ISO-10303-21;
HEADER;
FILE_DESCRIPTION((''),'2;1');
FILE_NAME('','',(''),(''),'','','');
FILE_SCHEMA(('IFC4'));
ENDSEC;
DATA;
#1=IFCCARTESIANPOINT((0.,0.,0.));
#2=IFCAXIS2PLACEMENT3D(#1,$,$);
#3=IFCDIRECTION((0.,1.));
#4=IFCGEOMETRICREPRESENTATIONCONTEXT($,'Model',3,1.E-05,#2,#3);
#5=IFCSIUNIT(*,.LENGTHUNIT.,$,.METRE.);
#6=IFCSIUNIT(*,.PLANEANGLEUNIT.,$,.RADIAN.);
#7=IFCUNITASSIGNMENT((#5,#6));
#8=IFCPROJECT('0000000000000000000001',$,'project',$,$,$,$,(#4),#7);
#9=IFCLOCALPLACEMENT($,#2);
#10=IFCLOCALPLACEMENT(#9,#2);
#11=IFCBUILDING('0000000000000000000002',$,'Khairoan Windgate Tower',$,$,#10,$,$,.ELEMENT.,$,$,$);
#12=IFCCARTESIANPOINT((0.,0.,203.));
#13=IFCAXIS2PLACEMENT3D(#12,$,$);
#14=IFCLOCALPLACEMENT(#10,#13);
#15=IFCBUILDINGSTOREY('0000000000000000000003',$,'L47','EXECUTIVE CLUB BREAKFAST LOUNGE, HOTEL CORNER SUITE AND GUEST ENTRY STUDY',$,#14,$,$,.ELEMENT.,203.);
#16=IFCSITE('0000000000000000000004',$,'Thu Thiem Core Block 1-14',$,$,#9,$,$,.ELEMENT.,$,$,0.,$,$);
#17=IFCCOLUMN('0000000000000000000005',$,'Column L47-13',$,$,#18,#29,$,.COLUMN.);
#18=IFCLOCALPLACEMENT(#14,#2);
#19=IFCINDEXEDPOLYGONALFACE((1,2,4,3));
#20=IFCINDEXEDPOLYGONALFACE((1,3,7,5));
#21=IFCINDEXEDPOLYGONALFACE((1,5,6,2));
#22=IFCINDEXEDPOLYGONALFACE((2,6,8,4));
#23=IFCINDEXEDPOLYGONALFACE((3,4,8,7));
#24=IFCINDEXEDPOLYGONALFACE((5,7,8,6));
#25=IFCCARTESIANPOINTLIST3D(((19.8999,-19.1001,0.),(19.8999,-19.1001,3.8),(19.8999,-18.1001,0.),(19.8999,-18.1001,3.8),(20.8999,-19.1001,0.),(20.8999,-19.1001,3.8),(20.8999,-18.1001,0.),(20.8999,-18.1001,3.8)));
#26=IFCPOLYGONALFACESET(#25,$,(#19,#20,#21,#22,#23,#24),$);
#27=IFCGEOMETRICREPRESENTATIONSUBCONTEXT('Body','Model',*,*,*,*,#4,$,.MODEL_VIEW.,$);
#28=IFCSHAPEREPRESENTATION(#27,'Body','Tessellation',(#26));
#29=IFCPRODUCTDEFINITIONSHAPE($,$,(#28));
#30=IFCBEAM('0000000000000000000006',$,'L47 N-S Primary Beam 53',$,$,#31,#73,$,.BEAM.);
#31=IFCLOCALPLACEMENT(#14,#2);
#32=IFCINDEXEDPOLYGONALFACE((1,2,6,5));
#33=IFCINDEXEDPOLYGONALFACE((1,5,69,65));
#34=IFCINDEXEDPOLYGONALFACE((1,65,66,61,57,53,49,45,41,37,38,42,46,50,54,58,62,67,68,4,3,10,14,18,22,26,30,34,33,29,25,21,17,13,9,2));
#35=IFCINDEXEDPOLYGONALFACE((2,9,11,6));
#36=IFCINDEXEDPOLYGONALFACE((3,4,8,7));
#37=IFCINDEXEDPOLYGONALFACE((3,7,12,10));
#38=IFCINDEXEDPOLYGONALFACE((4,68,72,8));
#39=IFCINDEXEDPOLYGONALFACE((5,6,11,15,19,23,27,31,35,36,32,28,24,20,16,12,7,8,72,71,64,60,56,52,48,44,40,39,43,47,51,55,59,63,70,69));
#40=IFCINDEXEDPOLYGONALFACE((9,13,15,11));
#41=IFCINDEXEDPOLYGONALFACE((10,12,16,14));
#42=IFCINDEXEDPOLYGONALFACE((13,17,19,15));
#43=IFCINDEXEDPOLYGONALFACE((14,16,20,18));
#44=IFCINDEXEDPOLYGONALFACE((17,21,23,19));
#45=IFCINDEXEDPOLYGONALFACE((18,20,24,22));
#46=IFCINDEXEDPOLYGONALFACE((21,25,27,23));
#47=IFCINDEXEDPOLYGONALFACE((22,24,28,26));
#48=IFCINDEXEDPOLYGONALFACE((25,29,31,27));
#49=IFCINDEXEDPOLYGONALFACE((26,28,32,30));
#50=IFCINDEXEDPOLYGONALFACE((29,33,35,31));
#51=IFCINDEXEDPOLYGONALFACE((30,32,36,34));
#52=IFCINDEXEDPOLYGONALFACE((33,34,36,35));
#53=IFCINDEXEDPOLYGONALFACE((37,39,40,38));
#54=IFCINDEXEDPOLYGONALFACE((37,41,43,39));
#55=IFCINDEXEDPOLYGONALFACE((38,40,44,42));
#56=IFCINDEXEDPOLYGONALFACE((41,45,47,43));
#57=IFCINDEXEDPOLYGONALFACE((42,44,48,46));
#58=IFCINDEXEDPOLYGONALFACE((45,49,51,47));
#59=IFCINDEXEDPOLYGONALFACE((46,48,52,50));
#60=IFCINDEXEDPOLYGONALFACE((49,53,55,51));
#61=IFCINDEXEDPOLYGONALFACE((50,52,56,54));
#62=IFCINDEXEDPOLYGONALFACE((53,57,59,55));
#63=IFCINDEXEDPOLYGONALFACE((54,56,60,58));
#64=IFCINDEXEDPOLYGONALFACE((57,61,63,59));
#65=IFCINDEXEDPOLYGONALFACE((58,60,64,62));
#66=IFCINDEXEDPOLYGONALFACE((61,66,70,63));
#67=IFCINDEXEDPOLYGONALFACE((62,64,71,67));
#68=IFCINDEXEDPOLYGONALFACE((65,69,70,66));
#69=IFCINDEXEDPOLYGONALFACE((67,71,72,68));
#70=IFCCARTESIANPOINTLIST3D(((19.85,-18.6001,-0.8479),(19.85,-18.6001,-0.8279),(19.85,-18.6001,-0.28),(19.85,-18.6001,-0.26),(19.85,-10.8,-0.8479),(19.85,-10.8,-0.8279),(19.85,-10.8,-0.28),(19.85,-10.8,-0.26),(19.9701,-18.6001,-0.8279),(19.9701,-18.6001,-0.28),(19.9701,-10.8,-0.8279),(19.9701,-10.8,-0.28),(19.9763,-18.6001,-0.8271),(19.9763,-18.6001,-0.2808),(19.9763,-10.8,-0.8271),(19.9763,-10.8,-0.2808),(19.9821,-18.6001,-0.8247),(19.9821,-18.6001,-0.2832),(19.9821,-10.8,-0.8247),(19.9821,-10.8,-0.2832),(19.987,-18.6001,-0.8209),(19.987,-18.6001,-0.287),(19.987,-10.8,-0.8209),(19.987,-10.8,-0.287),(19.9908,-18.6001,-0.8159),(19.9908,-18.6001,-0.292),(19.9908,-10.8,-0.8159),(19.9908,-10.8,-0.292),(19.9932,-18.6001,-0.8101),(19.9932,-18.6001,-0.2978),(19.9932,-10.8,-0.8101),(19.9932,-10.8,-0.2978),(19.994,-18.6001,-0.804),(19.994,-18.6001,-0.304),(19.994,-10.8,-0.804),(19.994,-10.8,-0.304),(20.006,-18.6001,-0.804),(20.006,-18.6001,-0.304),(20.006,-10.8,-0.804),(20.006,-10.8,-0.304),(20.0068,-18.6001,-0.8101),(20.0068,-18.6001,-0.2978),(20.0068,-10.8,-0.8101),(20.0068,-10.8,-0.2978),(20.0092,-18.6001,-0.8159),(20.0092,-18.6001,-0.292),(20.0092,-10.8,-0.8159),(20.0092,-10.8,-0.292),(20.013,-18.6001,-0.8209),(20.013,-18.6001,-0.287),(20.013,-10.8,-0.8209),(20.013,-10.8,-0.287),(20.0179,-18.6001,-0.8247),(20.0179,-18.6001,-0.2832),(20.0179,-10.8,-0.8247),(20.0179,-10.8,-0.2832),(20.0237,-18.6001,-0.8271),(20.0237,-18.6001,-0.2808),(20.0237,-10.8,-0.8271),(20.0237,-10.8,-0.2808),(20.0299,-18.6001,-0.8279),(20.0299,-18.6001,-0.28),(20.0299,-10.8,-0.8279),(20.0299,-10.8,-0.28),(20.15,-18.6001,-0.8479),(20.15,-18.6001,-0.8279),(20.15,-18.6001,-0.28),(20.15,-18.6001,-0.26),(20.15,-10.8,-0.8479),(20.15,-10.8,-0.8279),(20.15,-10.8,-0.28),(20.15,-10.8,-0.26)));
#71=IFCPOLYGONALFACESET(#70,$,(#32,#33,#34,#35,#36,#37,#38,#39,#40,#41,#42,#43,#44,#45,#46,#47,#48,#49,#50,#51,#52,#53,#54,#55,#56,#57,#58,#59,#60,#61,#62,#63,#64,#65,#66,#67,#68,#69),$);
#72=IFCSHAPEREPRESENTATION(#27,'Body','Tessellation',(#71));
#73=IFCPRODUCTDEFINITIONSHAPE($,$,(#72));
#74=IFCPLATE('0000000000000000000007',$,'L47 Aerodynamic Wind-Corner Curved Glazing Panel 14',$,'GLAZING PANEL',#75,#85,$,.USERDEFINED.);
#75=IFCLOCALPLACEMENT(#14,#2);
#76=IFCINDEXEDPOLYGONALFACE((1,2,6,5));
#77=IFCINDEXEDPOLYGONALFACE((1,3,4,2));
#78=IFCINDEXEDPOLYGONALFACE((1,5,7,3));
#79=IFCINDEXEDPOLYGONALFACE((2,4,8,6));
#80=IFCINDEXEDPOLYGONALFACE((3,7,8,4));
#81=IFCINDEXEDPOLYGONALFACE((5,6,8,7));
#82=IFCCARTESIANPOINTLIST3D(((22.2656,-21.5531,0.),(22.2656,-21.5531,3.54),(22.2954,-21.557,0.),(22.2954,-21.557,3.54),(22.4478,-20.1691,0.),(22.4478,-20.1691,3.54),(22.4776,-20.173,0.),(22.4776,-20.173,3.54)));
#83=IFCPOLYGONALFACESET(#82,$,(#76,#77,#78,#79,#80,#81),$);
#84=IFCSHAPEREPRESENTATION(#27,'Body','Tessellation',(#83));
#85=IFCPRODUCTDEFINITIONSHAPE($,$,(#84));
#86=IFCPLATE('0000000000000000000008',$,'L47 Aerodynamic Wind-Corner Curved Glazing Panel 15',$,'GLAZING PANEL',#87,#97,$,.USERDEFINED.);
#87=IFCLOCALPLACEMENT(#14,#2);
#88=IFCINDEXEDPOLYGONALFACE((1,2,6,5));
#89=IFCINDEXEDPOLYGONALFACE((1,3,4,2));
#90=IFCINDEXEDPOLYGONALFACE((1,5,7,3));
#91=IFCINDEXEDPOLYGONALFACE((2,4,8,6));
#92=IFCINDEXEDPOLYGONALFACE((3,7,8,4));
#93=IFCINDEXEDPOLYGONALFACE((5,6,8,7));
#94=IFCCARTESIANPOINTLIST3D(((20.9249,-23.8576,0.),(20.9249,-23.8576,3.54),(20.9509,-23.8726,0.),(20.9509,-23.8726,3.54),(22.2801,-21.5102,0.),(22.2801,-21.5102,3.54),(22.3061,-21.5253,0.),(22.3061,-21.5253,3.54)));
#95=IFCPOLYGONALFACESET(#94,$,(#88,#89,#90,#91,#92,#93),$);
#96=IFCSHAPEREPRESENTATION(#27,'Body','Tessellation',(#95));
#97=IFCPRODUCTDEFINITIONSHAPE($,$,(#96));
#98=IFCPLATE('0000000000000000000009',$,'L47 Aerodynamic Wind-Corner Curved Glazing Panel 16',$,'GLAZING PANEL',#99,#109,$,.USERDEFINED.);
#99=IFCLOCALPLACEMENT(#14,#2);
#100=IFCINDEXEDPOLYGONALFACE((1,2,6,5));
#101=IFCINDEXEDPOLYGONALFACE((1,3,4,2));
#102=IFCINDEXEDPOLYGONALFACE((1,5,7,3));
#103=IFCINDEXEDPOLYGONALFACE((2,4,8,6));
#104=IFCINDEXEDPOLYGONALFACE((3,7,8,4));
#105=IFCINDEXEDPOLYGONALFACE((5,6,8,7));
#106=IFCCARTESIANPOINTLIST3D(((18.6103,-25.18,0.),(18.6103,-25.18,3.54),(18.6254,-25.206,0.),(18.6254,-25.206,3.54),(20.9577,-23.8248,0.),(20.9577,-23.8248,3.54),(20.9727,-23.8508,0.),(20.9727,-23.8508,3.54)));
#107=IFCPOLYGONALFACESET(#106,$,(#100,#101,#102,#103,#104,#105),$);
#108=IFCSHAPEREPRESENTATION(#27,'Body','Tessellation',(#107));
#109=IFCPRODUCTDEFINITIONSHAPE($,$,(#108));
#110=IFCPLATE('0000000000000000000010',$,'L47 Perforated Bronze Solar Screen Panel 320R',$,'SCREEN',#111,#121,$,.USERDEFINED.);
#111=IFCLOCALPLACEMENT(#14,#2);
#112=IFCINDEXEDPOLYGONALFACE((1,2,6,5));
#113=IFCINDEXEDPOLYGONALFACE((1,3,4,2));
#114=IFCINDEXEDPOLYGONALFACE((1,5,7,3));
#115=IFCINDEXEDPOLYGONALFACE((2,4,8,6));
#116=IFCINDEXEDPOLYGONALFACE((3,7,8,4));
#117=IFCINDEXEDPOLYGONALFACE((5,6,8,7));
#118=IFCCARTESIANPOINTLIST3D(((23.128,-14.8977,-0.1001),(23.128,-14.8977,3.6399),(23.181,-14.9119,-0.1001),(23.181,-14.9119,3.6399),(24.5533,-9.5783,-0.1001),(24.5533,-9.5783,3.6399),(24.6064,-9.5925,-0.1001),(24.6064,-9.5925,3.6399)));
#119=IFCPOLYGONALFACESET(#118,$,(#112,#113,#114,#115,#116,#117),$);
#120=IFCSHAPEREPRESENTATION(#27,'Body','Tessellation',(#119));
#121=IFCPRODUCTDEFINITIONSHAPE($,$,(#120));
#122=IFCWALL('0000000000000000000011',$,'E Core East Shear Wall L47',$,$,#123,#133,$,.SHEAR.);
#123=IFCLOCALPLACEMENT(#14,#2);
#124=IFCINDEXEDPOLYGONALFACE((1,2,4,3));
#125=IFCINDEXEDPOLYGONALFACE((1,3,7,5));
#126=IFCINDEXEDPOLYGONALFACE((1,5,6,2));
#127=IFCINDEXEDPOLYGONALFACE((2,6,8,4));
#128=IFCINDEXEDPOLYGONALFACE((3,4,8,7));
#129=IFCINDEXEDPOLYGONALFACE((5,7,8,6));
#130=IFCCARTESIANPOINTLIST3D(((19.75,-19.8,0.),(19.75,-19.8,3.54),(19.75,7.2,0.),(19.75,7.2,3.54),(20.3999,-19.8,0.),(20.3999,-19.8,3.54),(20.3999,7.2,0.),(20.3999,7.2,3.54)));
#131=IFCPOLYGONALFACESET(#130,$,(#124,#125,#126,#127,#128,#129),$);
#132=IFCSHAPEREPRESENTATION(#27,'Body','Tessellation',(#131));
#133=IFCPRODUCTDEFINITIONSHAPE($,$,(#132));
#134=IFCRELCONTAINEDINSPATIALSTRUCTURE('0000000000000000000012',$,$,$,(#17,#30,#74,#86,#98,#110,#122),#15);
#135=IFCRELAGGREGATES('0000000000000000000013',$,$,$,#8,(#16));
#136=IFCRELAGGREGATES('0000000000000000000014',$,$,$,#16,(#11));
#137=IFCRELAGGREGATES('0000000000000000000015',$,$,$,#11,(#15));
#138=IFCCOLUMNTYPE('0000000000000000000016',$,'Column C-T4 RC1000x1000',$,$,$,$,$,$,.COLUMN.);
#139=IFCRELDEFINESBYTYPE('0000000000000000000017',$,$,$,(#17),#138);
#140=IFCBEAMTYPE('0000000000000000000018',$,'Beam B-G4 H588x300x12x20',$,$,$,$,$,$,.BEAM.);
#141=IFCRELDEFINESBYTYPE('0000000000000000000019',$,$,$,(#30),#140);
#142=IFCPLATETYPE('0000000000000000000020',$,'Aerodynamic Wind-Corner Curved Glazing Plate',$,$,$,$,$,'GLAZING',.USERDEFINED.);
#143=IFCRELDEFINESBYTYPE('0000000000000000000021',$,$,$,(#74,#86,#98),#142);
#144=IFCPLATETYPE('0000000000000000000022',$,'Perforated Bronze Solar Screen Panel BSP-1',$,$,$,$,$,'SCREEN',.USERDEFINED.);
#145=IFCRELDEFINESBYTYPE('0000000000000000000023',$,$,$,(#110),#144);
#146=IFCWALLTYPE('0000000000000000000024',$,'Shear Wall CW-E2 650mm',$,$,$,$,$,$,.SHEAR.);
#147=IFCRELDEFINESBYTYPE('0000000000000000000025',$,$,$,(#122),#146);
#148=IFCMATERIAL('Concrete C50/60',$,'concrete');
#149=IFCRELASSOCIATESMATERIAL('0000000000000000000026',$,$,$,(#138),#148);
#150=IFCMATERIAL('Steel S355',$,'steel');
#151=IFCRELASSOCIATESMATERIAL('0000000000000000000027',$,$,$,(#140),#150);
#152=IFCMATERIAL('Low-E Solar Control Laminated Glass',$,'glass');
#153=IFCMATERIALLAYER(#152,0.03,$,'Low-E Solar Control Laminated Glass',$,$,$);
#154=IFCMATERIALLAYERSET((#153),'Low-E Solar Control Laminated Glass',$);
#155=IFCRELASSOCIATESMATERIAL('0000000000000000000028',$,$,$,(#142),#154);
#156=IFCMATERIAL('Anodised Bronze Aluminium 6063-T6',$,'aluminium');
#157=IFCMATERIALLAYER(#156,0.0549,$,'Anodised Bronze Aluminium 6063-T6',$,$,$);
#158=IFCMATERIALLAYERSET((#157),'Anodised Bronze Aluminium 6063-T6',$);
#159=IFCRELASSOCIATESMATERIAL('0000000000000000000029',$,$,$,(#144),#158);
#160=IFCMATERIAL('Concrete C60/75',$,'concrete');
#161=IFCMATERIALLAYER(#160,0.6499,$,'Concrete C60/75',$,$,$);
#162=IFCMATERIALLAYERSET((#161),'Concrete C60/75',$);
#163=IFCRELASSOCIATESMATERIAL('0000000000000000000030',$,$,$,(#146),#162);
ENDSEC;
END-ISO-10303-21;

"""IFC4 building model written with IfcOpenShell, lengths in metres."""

from ifc_helpers import new_model, si_unit, direction, frame, frame_2d, origin, origin_2d, place, context, subcontext, project, spatial, rectangle, i_section, extrude, material, layer, layer_set, material_profile, profile_set, type_object, element, save


model = new_model("IFC4")

# Units and contexts
model_context = context("Model", 3, precision=1e-05, world=origin(), true_north=direction((0.0, 1.0)))
body_context = subcontext(model_context, "Body", "Model", "MODEL_VIEW")
ifc_project = project(units=[si_unit("LENGTHUNIT", "METRE"), si_unit("PLANEANGLEUNIT", "RADIAN")], contexts=[model_context])

# Site, building, storey
site_placement = place(None, origin())
site = spatial("IfcSite", under=ifc_project, at=site_placement, Name="Thu Thiem Core Block 1-14", CompositionType="ELEMENT", RefElevation=0.0)
building_placement = place(site_placement, origin())
building = spatial("IfcBuilding", under=site, at=building_placement, Name="Khairoan Windgate Tower", CompositionType="ELEMENT")
storey_placement = place(building_placement, frame((0.0, 0.0, 203.0)))
storey = spatial("IfcBuildingStorey", under=building, at=storey_placement, Name="L47", Description="EXECUTIVE CLUB BREAKFAST LOUNGE, HOTEL CORNER SUITE AND GUEST ENTRY STUDY", CompositionType="ELEMENT", Elevation=203.0)

# Column
ifc_material_1 = material(Name="Concrete C50/60", Category="concrete")
ifc_material_profile_1 = material_profile(ifc_material_1, rectangle(XDim=1.0, YDim=1.0, at=origin_2d()))
ifc_profile_set_1 = profile_set([ifc_material_profile_1], Name="Concrete C50/60")
column_type = type_object("IfcColumnType", Name="Column C-T4 RC1000x1000", PredefinedType="COLUMN", material=ifc_profile_set_1)
column_placement = place(storey_placement, frame((20.3999, -18.6001, 0.0), z_axis=(0.0, 0.0, 1.0), x_axis=(1.0, 0.0, 0.0)))
element("IfcColumn", 1, at=column_placement, inside=storey, type_object=column_type, Name="Column L47-13", PredefinedType="COLUMN", context=body_context, shape_type="SweptSolid", body=[
    extrude(rectangle(XDim=1.0, YDim=1.0, at=origin_2d()), origin(), (0.0, 0.0, 1.0), 3.8),
])

# Beam
ifc_material_2 = material(Name="Steel S355", Category="steel")
ifc_material_profile_2 = material_profile(ifc_material_2, i_section(OverallWidth=0.3, OverallDepth=0.5879, WebThickness=0.012, FlangeThickness=0.02, FilletRadius=0.0239, at=origin_2d()))
ifc_profile_set_2 = profile_set([ifc_material_profile_2], Name="Steel S355")
beam_type = type_object("IfcBeamType", Name="Beam B-G4 H588x300x12x20", PredefinedType="BEAM", material=ifc_profile_set_2)
beam_placement = place(storey_placement, frame((20.0, -18.6001, -0.554), z_axis=(0.0, 1.0, 0.0), x_axis=(-1.0, 0.0, 0.0)))
element("IfcBeam", 2, at=beam_placement, inside=storey, type_object=beam_type, Name="L47 N-S Primary Beam 53", PredefinedType="BEAM", context=body_context, shape_type="SweptSolid", body=[
    extrude(i_section(OverallWidth=0.3, OverallDepth=0.5879, WebThickness=0.012, FlangeThickness=0.02, FilletRadius=0.0239, at=origin_2d()), origin(), (0.0, 0.0, 1.0), 7.8),
])

# Plates
ifc_material_3 = material(Name="Low-E Solar Control Laminated Glass", Category="glass")
ifc_layer_1 = layer(ifc_material_3, 0.03, Name="Low-E Solar Control Laminated Glass")
ifc_layer_set_1 = layer_set([ifc_layer_1], Name="Low-E Solar Control Laminated Glass")
plate_type_1 = type_object("IfcPlateType", Name="Aerodynamic Wind-Corner Curved Glazing Plate", ElementType="GLAZING", PredefinedType="USERDEFINED", material=ifc_layer_set_1)
plate_1_placement = place(storey_placement, frame((22.3716, -20.863, 0.0), z_axis=(0.0, 0.0, 1.0), x_axis=(-0.130526, -0.991445, 0.0)))
element("IfcPlate", 3, at=plate_1_placement, inside=storey, type_object=plate_type_1, Name="L47 Aerodynamic Wind-Corner Curved Glazing Panel 14", ObjectType="GLAZING PANEL", PredefinedType="USERDEFINED", context=body_context, shape_type="SweptSolid", body=[
    extrude(rectangle(XDim=1.396, YDim=0.03, at=origin_2d()), origin(), (0.0, 0.0, 1.0), 3.54),
])
for number, where, z_axis, x_axis, name in (
    (4, (21.6155, -22.6914, 0.0), (0.0, 0.0, 1.0), (-0.5, -0.866025, 0.0), "L47 Aerodynamic Wind-Corner Curved Glazing Panel 15"),
    (5, (19.7915, -24.5154, 0.0), (0.0, 0.0, 1.0), (-0.866025, -0.5, 0.0), "L47 Aerodynamic Wind-Corner Curved Glazing Panel 16"),
):
    element("IfcPlate", number, at=place(storey_placement, frame(where, z_axis=z_axis, x_axis=x_axis)), inside=storey, type_object=plate_type_1, Name=name, ObjectType="GLAZING PANEL", PredefinedType="USERDEFINED", context=body_context, shape_type="SweptSolid", body=[
        extrude(rectangle(XDim=2.7104, YDim=0.03, at=origin_2d()), origin(), (0.0, 0.0, 1.0), 3.54),
    ])

# Plate
ifc_material_4 = material(Name="Anodised Bronze Aluminium 6063-T6", Category="aluminium")
ifc_layer_2 = layer(ifc_material_4, 0.0549, Name="Anodised Bronze Aluminium 6063-T6")
ifc_layer_set_2 = layer_set([ifc_layer_2], Name="Anodised Bronze Aluminium 6063-T6")
plate_type_2 = type_object("IfcPlateType", Name="Perforated Bronze Solar Screen Panel BSP-1", ElementType="SCREEN", PredefinedType="USERDEFINED", material=ifc_layer_set_2)
plate_2_placement = place(storey_placement, frame((23.8672, -12.2451, -0.1001), z_axis=(0.0, 0.0, 1.0), x_axis=(-0.258819, -0.965926, 0.0)))
element("IfcPlate", 6, at=plate_2_placement, inside=storey, type_object=plate_type_2, Name="L47 Perforated Bronze Solar Screen Panel 320R", ObjectType="SCREEN", PredefinedType="USERDEFINED", context=body_context, shape_type="SweptSolid", body=[
    extrude(rectangle(XDim=5.5071, YDim=0.0549, at=origin_2d()), origin(), (0.0, 0.0, 1.0), 3.74),
])

# Wall
ifc_material_5 = material(Name="Concrete C60/75", Category="concrete")
ifc_layer_3 = layer(ifc_material_5, 0.6499, Name="Concrete C60/75")
ifc_layer_set_3 = layer_set([ifc_layer_3], Name="Concrete C60/75")
wall_type_1 = type_object("IfcWallType", Name="Shear Wall CW-E2 650mm", PredefinedType="SHEAR", material=ifc_layer_set_3)
wall_1_placement = place(storey_placement, frame((20.075, -19.8, 0.0), z_axis=(0.0, 0.0, 1.0), x_axis=(0.0, 1.0, 0.0)))
element("IfcWall", 7, at=wall_1_placement, inside=storey, type_object=wall_type_1, Name="E Core East Shear Wall L47", PredefinedType="SHEAR", context=body_context, shape_type="SweptSolid", body=[
    extrude(rectangle(XDim=27.0, YDim=0.6499, at=frame_2d((13.5, 0.0))), origin(), (0.0, 0.0, 1.0), 3.54),
])

save(model, "model.ifc")
